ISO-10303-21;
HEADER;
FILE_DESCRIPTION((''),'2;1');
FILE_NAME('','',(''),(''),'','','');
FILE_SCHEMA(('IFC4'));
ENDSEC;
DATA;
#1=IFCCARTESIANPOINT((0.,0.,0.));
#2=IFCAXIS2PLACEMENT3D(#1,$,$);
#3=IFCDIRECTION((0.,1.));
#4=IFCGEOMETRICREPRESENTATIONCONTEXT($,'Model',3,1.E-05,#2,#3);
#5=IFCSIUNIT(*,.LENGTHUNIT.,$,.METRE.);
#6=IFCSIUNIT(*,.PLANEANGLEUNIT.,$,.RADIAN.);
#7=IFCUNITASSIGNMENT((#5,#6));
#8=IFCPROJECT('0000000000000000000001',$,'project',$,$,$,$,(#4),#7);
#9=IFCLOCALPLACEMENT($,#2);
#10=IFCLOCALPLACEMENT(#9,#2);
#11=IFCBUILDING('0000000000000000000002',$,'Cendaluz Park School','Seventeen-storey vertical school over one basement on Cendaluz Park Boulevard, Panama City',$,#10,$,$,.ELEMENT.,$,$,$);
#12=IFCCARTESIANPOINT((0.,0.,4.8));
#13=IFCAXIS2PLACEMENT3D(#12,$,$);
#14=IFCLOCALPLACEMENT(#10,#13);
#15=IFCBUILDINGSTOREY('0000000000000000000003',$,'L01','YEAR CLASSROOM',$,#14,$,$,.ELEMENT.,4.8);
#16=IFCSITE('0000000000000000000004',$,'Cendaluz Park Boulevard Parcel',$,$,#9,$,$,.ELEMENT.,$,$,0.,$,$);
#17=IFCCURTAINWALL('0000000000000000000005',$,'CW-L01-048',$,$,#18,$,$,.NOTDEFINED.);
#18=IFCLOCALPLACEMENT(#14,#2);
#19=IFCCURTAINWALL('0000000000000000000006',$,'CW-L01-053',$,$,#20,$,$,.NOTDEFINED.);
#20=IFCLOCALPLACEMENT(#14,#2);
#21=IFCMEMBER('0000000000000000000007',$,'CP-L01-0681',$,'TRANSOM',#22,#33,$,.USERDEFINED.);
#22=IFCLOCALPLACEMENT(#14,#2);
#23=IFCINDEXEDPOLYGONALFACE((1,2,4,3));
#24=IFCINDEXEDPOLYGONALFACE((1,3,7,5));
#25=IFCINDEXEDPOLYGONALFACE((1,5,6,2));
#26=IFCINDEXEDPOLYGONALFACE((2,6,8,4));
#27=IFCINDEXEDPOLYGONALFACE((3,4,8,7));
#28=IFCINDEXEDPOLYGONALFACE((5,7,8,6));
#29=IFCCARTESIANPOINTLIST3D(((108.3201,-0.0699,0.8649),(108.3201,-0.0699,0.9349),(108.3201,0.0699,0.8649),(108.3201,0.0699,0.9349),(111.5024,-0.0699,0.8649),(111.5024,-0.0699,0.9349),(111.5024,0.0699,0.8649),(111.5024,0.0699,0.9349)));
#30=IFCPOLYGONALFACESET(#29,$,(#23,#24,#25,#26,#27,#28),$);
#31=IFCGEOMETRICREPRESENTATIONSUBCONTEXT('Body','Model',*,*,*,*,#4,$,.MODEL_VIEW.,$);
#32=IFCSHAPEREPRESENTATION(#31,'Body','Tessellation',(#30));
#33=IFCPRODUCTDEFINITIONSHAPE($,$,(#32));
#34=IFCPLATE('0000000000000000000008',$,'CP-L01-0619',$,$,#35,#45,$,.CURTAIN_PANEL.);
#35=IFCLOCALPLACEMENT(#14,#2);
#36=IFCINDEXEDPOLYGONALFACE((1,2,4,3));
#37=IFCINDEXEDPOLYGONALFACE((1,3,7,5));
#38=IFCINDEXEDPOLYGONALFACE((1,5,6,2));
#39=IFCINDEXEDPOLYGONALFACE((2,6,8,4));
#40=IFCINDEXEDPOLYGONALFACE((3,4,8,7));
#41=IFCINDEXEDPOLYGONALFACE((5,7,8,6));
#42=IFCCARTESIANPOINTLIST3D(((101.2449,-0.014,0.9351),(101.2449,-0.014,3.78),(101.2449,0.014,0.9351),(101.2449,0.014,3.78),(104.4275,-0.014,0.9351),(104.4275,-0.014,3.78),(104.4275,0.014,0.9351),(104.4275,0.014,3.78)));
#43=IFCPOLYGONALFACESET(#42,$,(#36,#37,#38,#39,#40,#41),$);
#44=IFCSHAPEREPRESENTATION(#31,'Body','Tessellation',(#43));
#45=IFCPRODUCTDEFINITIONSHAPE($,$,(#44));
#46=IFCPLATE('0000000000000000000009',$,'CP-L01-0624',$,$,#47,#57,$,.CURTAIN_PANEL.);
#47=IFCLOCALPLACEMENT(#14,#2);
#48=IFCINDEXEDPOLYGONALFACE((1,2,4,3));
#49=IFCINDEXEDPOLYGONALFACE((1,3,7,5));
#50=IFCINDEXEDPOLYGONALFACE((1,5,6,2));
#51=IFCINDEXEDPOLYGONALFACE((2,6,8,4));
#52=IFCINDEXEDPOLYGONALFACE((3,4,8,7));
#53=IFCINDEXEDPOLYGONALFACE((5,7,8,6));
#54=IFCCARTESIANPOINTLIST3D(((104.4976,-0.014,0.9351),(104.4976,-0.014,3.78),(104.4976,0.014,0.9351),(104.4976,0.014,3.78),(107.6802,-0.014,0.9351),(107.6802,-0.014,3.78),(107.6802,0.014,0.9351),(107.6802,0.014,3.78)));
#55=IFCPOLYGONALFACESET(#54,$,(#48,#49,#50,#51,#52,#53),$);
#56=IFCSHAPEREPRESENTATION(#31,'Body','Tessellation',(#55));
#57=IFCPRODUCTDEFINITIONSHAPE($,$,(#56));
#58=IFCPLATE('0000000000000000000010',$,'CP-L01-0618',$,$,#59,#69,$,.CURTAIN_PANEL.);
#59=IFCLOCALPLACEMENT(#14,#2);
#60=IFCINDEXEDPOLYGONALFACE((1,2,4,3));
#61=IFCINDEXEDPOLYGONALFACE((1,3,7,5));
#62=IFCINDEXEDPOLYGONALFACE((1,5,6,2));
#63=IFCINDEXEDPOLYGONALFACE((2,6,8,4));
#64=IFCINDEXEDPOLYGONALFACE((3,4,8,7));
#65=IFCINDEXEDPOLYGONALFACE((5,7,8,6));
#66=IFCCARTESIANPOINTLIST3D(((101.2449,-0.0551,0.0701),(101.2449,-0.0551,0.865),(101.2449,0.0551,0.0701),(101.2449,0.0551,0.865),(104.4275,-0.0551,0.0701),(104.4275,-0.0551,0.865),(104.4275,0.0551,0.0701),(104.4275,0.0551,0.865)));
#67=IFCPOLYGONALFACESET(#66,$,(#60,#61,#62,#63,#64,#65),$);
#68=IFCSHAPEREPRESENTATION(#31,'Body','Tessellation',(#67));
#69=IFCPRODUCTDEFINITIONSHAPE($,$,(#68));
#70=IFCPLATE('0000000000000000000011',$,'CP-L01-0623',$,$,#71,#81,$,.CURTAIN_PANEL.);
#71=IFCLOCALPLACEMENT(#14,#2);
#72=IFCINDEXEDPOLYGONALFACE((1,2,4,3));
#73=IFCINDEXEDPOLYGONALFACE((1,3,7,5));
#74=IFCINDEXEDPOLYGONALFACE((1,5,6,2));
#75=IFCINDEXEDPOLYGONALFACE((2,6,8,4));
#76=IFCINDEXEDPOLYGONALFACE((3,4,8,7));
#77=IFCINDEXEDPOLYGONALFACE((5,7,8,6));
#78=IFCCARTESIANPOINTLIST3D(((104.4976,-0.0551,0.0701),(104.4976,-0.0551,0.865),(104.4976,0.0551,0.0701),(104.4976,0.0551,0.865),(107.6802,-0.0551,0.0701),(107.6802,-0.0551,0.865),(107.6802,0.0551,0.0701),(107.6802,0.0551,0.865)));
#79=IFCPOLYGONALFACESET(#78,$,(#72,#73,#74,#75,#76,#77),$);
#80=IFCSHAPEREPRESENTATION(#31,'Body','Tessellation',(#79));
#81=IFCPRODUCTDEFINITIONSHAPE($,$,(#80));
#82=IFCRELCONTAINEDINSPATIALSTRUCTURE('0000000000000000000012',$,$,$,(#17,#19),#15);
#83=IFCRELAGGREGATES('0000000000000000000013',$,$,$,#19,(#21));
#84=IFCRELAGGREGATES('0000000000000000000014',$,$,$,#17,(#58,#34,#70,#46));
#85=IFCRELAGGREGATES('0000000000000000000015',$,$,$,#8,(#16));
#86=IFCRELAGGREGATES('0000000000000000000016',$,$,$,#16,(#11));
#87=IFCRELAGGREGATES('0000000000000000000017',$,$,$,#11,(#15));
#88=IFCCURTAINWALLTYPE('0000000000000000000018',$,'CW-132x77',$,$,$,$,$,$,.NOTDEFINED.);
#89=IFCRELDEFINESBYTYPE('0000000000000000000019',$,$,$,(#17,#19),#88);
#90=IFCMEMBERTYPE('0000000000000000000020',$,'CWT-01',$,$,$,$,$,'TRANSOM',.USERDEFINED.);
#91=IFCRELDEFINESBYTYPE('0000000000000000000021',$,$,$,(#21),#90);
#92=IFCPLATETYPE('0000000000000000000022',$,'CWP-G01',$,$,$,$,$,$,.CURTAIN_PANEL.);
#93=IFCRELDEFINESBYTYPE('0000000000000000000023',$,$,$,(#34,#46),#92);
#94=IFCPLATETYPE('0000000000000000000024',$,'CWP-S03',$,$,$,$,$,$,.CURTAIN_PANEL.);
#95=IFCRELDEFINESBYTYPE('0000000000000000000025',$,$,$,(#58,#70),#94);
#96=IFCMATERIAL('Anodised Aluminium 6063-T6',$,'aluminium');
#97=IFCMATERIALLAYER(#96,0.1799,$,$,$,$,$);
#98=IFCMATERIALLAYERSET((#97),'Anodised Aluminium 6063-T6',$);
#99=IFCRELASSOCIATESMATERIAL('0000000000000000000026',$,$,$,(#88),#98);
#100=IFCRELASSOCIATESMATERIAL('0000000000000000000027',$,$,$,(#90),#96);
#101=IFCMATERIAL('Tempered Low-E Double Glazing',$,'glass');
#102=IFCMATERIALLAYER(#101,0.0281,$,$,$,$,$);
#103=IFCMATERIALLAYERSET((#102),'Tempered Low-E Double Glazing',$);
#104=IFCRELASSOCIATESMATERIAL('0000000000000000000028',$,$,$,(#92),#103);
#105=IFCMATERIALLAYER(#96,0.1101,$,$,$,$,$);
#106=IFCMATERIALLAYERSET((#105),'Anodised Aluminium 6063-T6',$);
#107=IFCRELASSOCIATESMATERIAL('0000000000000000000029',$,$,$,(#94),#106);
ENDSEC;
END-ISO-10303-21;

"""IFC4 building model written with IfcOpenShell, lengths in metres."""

from ifc_helpers import new_model, si_unit, direction, frame, origin, origin_2d, place, context, subcontext, project, spatial, rectangle, extrude, material, layer, layer_set, material_profile, profile_set, type_object, element, aggregate, save


model = new_model("IFC4")

# Units and contexts
model_context = context("Model", 3, precision=1e-05, world=origin(), true_north=direction((0.0, 1.0)))
body_context = subcontext(model_context, "Body", "Model", "MODEL_VIEW")
ifc_project = project(units=[si_unit("LENGTHUNIT", "METRE"), si_unit("PLANEANGLEUNIT", "RADIAN")], contexts=[model_context])

# Site, building, storey
site_placement = place(None, origin())
site = spatial("IfcSite", under=ifc_project, at=site_placement, Name="Cendaluz Park Boulevard Parcel", CompositionType="ELEMENT", RefElevation=0.0)
building_placement = place(site_placement, origin())
building = spatial("IfcBuilding", under=site, at=building_placement, Name="Cendaluz Park School", Description="Seventeen-storey vertical school over one basement on Cendaluz Park Boulevard, Panama City", CompositionType="ELEMENT")
storey_placement = place(building_placement, frame((0.0, 0.0, 4.8)))
storey = spatial("IfcBuildingStorey", under=building, at=storey_placement, Name="L01", Description="YEAR CLASSROOM", CompositionType="ELEMENT", Elevation=4.8)

# Curtain wall
ifc_material_1 = material(Name="Anodised Aluminium 6063-T6", Category="aluminium")
ifc_layer_1 = layer(ifc_material_1, 0.1799)
ifc_layer_set_1 = layer_set([ifc_layer_1], Name="Anodised Aluminium 6063-T6")
curtain_wall_type = type_object("IfcCurtainWallType", Name="CW-132x77", PredefinedType="NOTDEFINED", material=ifc_layer_set_1)
curtain_wall_1_placement = place(storey_placement, origin())
curtain_wall_1 = element("IfcCurtainWall", 1, at=curtain_wall_1_placement, inside=storey, type_object=curtain_wall_type, Name="CW-L01-048", PredefinedType="NOTDEFINED")

# Curtain wall
curtain_wall_2_placement = place(storey_placement, origin())
curtain_wall_2 = element("IfcCurtainWall", 2, at=curtain_wall_2_placement, inside=storey, type_object=curtain_wall_type, Name="CW-L01-053", PredefinedType="NOTDEFINED")

# Member
ifc_material_profile_1 = material_profile(ifc_material_1, rectangle(XDim=0.1399, YDim=0.0701, at=origin_2d()), Name="CWT 140x70", Category="aluminium")
ifc_profile_set_1 = profile_set([ifc_material_profile_1], Name="Anodised Aluminium 6063-T6")
member_type_1 = type_object("IfcMemberType", Name="CWT-01", ElementType="TRANSOM", PredefinedType="USERDEFINED", material=ifc_profile_set_1)
member_1_placement = place(storey_placement, frame((108.3201, 0.0, 0.8999), z_axis=(1.0, 0.0, 0.0), x_axis=(0.0, 1.0, 0.0)))
member_1 = element("IfcMember", 3, at=member_1_placement, type_object=member_type_1, Name="CP-L01-0681", ObjectType="TRANSOM", PredefinedType="USERDEFINED", context=body_context, shape_type="SweptSolid", body=[
    extrude(rectangle(XDim=0.1399, YDim=0.0701, at=origin_2d()), origin(), (0.0, 0.0, 1.0), 3.1824),
])
aggregate(curtain_wall_2, [member_1])

# Plates
ifc_material_2 = material(Name="Tempered Low-E Double Glazing", Category="glass")
ifc_layer_2 = layer(ifc_material_2, 0.0281)
ifc_layer_set_2 = layer_set([ifc_layer_2], Name="Tempered Low-E Double Glazing")
plate_type_1 = type_object("IfcPlateType", Name="CWP-G01", PredefinedType="CURTAIN_PANEL", material=ifc_layer_set_2)
plate_1_placement = place(storey_placement, frame((102.8362, 0.0, 0.9351), z_axis=(0.0, 0.0, 1.0), x_axis=(1.0, 0.0, 0.0)))
plate_1 = element("IfcPlate", 4, at=plate_1_placement, type_object=plate_type_1, Name="CP-L01-0619", PredefinedType="CURTAIN_PANEL", context=body_context, shape_type="SweptSolid", body=[
    extrude(rectangle(XDim=3.1826, YDim=0.0281, at=origin_2d()), origin(), (0.0, 0.0, 1.0), 2.845),
])
plate_2_placement = place(storey_placement, frame((106.0889, 0.0, 0.9351), z_axis=(0.0, 0.0, 1.0), x_axis=(1.0, 0.0, 0.0)))
plate_2 = element("IfcPlate", 5, at=plate_2_placement, type_object=plate_type_1, Name="CP-L01-0624", PredefinedType="CURTAIN_PANEL", context=body_context, shape_type="SweptSolid", body=[
    extrude(rectangle(XDim=3.1826, YDim=0.0281, at=origin_2d()), origin(), (0.0, 0.0, 1.0), 2.845),
])
ifc_layer_3 = layer(ifc_material_1, 0.1101)
ifc_layer_set_3 = layer_set([ifc_layer_3], Name="Anodised Aluminium 6063-T6")
plate_type_2 = type_object("IfcPlateType", Name="CWP-S03", PredefinedType="CURTAIN_PANEL", material=ifc_layer_set_3)
plate_3_placement = place(storey_placement, frame((102.8362, 0.0, 0.0701), z_axis=(0.0, 0.0, 1.0), x_axis=(1.0, 0.0, 0.0)))
plate_3 = element("IfcPlate", 6, at=plate_3_placement, type_object=plate_type_2, Name="CP-L01-0618", PredefinedType="CURTAIN_PANEL", context=body_context, shape_type="SweptSolid", body=[
    extrude(rectangle(XDim=3.1826, YDim=0.1101, at=origin_2d()), origin(), (0.0, 0.0, 1.0), 0.7949),
])
plate_4_placement = place(storey_placement, frame((106.0889, 0.0, 0.0701), z_axis=(0.0, 0.0, 1.0), x_axis=(1.0, 0.0, 0.0)))
plate_4 = element("IfcPlate", 7, at=plate_4_placement, type_object=plate_type_2, Name="CP-L01-0623", PredefinedType="CURTAIN_PANEL", context=body_context, shape_type="SweptSolid", body=[
    extrude(rectangle(XDim=3.1826, YDim=0.1101, at=origin_2d()), origin(), (0.0, 0.0, 1.0), 0.7949),
])
aggregate(curtain_wall_1, [plate_3, plate_1, plate_4, plate_2])

save(model, "model.ifc")
